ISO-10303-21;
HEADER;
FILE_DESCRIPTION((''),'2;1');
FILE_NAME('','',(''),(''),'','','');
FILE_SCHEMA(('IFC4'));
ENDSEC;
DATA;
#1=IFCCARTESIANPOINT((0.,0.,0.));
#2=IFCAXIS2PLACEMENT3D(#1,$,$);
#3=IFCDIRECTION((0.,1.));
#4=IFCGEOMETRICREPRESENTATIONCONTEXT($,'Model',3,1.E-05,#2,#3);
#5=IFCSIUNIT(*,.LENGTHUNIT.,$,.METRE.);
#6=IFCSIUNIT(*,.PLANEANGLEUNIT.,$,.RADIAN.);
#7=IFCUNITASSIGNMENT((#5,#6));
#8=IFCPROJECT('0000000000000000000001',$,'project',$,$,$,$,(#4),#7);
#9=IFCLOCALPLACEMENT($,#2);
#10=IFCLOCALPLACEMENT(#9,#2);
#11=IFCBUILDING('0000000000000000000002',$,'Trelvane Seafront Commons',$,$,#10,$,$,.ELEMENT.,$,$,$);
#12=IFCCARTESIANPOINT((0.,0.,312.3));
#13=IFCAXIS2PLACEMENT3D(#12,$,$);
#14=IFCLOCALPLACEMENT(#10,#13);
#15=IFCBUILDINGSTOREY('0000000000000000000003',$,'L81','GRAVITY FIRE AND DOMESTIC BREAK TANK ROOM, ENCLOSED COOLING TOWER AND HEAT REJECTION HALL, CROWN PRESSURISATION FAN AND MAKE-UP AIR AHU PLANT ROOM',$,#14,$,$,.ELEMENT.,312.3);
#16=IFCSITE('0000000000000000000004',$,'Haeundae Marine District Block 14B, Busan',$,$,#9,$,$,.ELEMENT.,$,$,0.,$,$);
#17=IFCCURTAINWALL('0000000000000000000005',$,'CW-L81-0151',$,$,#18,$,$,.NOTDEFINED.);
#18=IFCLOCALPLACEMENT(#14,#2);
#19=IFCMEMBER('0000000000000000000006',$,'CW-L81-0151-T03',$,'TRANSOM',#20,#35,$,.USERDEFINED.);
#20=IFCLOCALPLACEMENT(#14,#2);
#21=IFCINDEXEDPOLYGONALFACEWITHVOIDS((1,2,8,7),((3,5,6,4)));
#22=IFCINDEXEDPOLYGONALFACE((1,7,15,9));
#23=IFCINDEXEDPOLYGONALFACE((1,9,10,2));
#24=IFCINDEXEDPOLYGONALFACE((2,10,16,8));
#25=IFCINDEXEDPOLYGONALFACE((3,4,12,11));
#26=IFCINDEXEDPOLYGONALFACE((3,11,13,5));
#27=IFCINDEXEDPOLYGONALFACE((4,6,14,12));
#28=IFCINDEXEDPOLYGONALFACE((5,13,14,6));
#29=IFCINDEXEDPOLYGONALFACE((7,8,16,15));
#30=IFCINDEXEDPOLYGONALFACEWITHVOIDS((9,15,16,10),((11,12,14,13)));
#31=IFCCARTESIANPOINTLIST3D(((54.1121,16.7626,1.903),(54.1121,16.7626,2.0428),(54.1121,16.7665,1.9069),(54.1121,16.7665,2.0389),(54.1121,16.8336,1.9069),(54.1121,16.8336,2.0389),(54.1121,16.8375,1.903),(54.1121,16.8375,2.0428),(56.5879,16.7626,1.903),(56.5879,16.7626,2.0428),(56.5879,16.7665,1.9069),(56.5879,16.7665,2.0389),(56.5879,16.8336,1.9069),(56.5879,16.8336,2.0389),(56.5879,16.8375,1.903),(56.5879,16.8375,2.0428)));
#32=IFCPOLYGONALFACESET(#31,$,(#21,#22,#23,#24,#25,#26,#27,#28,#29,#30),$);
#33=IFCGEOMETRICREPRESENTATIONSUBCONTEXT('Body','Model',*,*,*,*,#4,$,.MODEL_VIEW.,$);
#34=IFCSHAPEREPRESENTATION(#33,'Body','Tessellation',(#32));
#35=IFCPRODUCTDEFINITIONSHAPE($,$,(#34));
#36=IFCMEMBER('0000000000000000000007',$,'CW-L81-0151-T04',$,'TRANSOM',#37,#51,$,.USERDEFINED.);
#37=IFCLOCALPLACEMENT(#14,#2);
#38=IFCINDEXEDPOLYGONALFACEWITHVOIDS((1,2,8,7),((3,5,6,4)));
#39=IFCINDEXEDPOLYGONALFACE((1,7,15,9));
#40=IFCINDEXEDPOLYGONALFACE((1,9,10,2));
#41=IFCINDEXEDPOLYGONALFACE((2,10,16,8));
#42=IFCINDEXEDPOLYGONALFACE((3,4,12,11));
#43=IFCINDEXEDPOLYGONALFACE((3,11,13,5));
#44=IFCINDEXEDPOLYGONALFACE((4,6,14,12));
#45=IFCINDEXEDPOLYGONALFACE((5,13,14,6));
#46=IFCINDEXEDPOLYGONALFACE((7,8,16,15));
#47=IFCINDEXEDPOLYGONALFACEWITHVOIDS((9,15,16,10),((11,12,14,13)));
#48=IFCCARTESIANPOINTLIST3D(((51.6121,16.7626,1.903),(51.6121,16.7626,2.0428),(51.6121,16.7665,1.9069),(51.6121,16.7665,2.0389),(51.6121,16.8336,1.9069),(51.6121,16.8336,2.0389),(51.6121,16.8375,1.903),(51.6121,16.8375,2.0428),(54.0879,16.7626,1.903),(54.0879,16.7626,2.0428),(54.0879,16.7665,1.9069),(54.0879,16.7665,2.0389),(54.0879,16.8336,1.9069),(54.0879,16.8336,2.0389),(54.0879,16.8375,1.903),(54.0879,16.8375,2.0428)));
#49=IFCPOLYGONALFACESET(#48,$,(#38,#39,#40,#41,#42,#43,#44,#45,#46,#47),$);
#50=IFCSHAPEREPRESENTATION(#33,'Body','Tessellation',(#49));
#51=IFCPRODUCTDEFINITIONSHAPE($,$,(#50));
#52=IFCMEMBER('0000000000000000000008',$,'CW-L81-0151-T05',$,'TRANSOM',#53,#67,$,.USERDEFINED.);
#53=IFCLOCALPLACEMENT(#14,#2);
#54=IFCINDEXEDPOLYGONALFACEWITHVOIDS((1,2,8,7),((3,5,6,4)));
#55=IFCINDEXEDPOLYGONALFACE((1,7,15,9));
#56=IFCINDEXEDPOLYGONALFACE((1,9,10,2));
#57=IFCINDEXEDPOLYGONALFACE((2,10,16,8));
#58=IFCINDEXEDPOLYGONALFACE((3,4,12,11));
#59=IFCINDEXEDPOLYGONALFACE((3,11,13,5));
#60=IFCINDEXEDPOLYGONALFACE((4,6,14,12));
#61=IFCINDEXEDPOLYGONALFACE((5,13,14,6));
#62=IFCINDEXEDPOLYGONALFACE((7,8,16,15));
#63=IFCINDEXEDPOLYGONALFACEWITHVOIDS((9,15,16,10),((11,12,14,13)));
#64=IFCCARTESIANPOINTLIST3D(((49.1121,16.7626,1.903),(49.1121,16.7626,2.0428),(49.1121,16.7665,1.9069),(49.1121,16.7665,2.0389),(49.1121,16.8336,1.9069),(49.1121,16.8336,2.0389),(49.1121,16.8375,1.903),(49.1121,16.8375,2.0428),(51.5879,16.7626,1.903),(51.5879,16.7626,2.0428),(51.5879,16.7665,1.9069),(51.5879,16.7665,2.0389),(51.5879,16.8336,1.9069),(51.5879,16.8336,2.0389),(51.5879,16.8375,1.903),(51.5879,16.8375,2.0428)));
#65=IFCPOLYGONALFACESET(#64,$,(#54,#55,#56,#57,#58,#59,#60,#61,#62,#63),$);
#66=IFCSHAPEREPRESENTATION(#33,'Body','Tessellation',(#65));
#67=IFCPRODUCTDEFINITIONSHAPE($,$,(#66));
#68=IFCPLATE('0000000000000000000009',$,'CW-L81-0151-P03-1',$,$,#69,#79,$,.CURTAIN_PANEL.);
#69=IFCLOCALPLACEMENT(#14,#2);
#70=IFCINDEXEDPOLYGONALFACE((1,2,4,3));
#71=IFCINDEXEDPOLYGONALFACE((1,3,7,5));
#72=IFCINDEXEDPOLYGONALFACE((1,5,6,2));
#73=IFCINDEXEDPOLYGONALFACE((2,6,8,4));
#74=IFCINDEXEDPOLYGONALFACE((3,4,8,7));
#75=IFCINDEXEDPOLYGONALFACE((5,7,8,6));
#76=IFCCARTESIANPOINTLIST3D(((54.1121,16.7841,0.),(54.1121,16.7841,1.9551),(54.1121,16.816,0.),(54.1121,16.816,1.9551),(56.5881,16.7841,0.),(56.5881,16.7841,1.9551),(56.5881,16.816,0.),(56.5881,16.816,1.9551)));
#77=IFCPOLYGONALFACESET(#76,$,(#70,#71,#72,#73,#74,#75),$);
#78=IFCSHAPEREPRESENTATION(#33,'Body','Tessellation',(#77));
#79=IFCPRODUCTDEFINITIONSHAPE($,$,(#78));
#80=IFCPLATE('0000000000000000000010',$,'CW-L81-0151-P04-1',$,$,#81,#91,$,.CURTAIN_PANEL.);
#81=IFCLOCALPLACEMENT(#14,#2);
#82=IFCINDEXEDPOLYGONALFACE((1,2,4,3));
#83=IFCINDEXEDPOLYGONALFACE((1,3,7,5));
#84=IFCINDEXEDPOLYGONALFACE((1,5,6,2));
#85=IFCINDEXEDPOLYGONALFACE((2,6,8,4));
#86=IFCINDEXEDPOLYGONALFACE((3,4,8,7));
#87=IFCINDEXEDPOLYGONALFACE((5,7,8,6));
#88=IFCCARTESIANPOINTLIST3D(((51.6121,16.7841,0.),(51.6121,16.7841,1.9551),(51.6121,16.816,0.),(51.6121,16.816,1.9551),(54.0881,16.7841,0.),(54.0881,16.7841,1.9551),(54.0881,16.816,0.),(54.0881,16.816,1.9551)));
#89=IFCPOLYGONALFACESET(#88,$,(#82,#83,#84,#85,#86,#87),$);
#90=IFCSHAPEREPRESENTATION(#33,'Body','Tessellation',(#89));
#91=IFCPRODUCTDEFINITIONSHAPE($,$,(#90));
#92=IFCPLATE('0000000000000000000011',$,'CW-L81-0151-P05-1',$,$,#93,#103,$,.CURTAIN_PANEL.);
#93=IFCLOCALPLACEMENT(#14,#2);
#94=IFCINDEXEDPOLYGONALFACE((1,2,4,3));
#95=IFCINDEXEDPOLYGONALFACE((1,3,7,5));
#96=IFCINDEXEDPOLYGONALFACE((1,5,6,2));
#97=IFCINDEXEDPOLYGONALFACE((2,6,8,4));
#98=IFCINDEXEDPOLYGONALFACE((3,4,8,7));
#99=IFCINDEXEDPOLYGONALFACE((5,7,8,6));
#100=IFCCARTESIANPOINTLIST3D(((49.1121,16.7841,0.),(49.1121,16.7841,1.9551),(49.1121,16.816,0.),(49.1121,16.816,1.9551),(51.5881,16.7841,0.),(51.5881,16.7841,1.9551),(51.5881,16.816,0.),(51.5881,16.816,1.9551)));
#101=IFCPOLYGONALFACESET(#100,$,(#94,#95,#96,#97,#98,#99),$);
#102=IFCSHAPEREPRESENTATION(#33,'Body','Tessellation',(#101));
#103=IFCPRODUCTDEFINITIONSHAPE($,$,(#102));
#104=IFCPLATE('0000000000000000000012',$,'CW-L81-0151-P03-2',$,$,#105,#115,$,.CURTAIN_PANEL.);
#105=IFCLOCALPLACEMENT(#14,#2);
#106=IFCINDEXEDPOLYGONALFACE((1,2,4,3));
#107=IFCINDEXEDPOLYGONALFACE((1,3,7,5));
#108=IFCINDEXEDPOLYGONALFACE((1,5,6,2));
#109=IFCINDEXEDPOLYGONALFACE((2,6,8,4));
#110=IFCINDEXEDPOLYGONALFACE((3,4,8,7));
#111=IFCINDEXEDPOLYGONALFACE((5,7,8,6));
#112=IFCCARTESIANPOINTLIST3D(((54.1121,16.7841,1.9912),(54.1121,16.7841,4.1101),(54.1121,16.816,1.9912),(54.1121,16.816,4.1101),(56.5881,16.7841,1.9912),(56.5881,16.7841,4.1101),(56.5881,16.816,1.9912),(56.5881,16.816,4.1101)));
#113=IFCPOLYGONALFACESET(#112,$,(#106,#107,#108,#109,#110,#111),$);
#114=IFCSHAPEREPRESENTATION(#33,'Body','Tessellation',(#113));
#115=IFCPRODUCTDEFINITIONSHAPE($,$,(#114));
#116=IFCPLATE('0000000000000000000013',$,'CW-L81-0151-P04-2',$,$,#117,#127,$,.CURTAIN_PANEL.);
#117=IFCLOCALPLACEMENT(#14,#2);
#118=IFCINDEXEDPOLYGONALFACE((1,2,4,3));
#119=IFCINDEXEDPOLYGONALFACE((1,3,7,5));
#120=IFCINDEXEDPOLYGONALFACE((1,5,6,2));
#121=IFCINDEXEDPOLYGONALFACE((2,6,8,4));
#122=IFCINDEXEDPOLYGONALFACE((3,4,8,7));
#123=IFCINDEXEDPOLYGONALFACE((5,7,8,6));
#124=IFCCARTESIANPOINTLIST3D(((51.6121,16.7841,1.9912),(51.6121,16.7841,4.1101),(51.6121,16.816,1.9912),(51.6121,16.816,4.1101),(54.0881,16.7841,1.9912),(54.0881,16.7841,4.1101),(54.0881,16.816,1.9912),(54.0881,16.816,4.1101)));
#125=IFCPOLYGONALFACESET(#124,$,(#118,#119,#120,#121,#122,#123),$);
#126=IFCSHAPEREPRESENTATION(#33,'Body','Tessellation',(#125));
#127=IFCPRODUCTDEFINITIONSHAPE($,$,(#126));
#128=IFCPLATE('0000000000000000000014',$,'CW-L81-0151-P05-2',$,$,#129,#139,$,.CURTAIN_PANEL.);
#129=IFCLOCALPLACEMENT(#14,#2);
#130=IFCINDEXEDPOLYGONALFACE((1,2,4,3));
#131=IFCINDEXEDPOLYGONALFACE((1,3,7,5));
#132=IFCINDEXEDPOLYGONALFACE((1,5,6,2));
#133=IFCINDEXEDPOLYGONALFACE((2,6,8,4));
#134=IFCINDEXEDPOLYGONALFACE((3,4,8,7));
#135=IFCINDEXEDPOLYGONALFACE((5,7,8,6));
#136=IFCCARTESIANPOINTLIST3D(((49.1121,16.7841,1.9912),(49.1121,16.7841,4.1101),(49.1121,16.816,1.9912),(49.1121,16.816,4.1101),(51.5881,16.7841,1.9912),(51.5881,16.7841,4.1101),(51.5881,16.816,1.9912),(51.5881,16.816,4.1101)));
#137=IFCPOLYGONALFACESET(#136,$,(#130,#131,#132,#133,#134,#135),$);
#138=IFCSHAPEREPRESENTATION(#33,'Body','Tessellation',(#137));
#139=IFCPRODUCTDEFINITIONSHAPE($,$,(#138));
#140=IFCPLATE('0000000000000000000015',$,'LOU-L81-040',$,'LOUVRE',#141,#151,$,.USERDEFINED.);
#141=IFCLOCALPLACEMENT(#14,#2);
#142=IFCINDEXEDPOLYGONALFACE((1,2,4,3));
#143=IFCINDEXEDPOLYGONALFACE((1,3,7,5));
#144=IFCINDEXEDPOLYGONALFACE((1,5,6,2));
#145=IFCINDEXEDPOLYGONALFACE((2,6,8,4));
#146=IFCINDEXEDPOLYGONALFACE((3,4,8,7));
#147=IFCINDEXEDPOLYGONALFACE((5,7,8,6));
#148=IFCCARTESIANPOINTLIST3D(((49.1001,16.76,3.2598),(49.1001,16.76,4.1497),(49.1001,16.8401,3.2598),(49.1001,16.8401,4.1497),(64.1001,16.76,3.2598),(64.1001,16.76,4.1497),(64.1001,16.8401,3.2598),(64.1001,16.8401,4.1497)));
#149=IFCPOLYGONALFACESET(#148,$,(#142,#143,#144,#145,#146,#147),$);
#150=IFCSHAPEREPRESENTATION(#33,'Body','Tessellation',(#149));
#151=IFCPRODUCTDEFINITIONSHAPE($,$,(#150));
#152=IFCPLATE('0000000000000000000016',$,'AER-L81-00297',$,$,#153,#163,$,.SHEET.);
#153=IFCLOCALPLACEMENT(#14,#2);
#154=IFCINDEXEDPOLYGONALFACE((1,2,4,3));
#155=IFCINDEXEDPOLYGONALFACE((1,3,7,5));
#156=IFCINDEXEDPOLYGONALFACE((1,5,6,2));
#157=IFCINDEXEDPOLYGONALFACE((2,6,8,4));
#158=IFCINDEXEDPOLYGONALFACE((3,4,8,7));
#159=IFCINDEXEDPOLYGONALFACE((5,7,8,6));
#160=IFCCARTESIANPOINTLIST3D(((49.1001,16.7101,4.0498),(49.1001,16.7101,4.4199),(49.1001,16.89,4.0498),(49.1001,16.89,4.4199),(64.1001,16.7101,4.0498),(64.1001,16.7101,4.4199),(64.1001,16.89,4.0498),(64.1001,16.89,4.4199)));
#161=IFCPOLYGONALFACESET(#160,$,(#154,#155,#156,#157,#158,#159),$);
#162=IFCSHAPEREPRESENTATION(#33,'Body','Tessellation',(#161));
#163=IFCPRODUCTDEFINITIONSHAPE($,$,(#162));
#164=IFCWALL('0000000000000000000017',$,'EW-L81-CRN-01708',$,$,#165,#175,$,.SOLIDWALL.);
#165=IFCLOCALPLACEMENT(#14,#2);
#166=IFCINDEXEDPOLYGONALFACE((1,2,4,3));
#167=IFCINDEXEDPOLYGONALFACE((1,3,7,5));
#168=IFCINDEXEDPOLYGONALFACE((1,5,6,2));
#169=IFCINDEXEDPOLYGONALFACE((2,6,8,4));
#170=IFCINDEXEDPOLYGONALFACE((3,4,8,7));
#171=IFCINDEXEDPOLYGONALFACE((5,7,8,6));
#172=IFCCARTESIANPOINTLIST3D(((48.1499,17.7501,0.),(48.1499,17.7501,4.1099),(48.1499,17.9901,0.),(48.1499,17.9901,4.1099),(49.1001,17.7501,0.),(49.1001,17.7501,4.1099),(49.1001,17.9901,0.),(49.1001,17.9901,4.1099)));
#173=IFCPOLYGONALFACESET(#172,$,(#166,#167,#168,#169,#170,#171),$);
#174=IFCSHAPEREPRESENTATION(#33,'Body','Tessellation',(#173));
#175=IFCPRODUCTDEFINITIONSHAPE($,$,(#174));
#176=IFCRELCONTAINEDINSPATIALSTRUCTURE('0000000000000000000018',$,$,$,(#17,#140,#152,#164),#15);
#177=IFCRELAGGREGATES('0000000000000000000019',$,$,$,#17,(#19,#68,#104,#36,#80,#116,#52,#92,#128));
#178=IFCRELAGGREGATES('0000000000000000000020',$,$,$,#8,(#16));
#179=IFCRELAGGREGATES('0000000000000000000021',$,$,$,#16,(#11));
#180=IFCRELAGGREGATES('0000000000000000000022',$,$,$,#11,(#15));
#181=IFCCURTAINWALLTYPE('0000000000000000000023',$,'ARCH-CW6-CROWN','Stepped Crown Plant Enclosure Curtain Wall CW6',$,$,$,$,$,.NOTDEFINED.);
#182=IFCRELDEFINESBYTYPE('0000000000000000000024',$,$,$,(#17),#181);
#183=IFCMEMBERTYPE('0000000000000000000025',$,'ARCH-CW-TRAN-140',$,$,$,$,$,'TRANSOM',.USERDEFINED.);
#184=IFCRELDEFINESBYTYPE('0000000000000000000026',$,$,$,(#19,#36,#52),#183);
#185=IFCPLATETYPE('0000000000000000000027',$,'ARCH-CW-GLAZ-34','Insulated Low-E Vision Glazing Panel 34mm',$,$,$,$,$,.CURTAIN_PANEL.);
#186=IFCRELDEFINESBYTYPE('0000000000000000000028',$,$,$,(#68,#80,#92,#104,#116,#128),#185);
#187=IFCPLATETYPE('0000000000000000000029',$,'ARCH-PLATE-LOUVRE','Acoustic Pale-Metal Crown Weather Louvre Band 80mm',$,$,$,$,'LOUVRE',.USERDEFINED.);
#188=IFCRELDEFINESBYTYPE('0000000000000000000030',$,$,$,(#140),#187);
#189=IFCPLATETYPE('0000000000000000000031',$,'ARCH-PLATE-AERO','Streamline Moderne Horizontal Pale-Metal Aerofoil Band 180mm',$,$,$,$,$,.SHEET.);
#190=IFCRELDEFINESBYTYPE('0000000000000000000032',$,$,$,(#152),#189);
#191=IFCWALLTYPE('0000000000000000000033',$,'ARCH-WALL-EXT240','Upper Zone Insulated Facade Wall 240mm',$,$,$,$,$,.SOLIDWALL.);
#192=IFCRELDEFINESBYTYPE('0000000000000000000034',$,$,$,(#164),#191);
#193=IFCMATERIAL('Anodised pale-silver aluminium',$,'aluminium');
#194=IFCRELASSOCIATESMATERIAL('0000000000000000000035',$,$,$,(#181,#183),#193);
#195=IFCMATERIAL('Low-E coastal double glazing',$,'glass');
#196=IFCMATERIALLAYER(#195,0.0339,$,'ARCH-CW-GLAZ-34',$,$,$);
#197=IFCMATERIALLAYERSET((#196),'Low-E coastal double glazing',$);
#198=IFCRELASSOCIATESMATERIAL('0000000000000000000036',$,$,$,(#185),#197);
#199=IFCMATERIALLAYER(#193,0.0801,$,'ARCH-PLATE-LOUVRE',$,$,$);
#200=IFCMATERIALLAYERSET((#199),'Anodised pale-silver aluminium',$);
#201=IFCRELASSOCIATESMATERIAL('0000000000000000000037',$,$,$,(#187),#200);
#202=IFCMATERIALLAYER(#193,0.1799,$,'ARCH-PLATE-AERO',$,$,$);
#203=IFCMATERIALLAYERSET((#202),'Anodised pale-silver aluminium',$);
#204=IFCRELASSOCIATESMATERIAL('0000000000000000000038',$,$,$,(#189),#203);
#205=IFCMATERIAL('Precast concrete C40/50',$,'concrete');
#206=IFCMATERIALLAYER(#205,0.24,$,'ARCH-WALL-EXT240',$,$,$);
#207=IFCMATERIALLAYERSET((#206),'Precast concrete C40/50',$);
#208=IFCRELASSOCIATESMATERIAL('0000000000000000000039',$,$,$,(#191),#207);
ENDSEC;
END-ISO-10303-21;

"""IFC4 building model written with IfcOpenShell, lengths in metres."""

from ifc_helpers import new_model, si_unit, direction, frame, frame_2d, origin, origin_2d, place, context, subcontext, project, spatial, rectangle, hollow_rectangle, extrude, source, transform, mapped, material, layer, layer_set, material_profile, profile_set, type_object, element, aggregate, save


model = new_model("IFC4")

# Units and contexts
model_context = context("Model", 3, precision=1e-05, world=origin(), true_north=direction((0.0, 1.0)))
body_context = subcontext(model_context, "Body", "Model", "MODEL_VIEW")
ifc_project = project(units=[si_unit("LENGTHUNIT", "METRE"), si_unit("PLANEANGLEUNIT", "RADIAN")], contexts=[model_context])

# Site, building, storey
site_placement = place(None, origin())
site = spatial("IfcSite", under=ifc_project, at=site_placement, Name="Haeundae Marine District Block 14B, Busan", CompositionType="ELEMENT", RefElevation=0.0)
building_placement = place(site_placement, origin())
building = spatial("IfcBuilding", under=site, at=building_placement, Name="Trelvane Seafront Commons", CompositionType="ELEMENT")
storey_placement = place(building_placement, frame((0.0, 0.0, 312.3)))
storey = spatial("IfcBuildingStorey", under=building, at=storey_placement, Name="L81", Description="GRAVITY FIRE AND DOMESTIC BREAK TANK ROOM, ENCLOSED COOLING TOWER AND HEAT REJECTION HALL, CROWN PRESSURISATION FAN AND MAKE-UP AIR AHU PLANT ROOM", CompositionType="ELEMENT", Elevation=312.3)

# Curtain wall, members, plates
ifc_material_1 = material(Name="Anodised pale-silver aluminium", Category="aluminium")
curtain_wall_type = type_object("IfcCurtainWallType", Name="ARCH-CW6-CROWN", Description="Stepped Crown Plant Enclosure Curtain Wall CW6", PredefinedType="NOTDEFINED", material=ifc_material_1)
curtain_wall_placement = place(storey_placement, origin())
curtain_wall = element("IfcCurtainWall", 1, at=curtain_wall_placement, inside=storey, type_object=curtain_wall_type, Name="CW-L81-0151", PredefinedType="NOTDEFINED")
ifc_material_profile_1 = material_profile(ifc_material_1, hollow_rectangle(XDim=0.075, YDim=0.1399, WallThickness=0.0039, at=origin_2d()), Name="TRAN-75x140x4")
ifc_profile_set_1 = profile_set([ifc_material_profile_1], Name="Anodised pale-silver aluminium")
member_type_1 = type_object("IfcMemberType", Name="ARCH-CW-TRAN-140", ElementType="TRANSOM", PredefinedType="USERDEFINED", material=ifc_profile_set_1)
shared_shape_1 = source(origin(), body_context, "Body", "SweptSolid", [
    extrude(hollow_rectangle(XDim=0.075, YDim=0.1399, WallThickness=0.0039, at=origin_2d()), origin(), (0.0, 0.0, 1.0), 2.4758),
])
member_1_placement = place(storey_placement, frame((56.5879, 16.8, 1.9729), z_axis=(-1.0, 0.0, 0.0), x_axis=(0.0, -1.0, 0.0)))
member_1 = element("IfcMember", 2, at=member_1_placement, type_object=member_type_1, Name="CW-L81-0151-T03", ObjectType="TRANSOM", PredefinedType="USERDEFINED", context=body_context, shape_type="MappedRepresentation", body=[
    mapped(shared_shape_1, transform((0.0, 0.0, 0.0), x_axis=(1.0, 0.0, 0.0), y_axis=(0.0, 1.0, 0.0), z_axis=(0.0, 0.0, 1.0), scale=1.0)),
])
member_2_placement = place(storey_placement, frame((54.0879, 16.8, 1.9729), z_axis=(-1.0, 0.0, 0.0), x_axis=(0.0, -1.0, 0.0)))
member_2 = element("IfcMember", 3, at=member_2_placement, type_object=member_type_1, Name="CW-L81-0151-T04", ObjectType="TRANSOM", PredefinedType="USERDEFINED", context=body_context, shape_type="MappedRepresentation", body=[
    mapped(shared_shape_1, transform((0.0, 0.0, 0.0), x_axis=(1.0, 0.0, 0.0), y_axis=(0.0, 1.0, 0.0), z_axis=(0.0, 0.0, 1.0), scale=1.0)),
])
member_3_placement = place(storey_placement, frame((51.5879, 16.8, 1.9729), z_axis=(-1.0, 0.0, 0.0), x_axis=(0.0, -1.0, 0.0)))
member_3 = element("IfcMember", 4, at=member_3_placement, type_object=member_type_1, Name="CW-L81-0151-T05", ObjectType="TRANSOM", PredefinedType="USERDEFINED", context=body_context, shape_type="MappedRepresentation", body=[
    mapped(shared_shape_1, transform((0.0, 0.0, 0.0), x_axis=(1.0, 0.0, 0.0), y_axis=(0.0, 1.0, 0.0), z_axis=(0.0, 0.0, 1.0), scale=1.0)),
])
ifc_material_2 = material(Name="Low-E coastal double glazing", Category="glass")
ifc_layer_1 = layer(ifc_material_2, 0.0339, Name="ARCH-CW-GLAZ-34")
ifc_layer_set_1 = layer_set([ifc_layer_1], Name="Low-E coastal double glazing")
plate_type_1 = type_object("IfcPlateType", Name="ARCH-CW-GLAZ-34", Description="Insulated Low-E Vision Glazing Panel 34mm", PredefinedType="CURTAIN_PANEL", material=ifc_layer_set_1)
shared_shape_2 = source(origin(), body_context, "Body", "SweptSolid", [
    extrude(rectangle(XDim=2.4761, YDim=0.032, at=origin_2d()), origin(), (0.0, 0.0, 1.0), 1.9551),
])
plate_1_placement = place(storey_placement, frame((55.3501, 16.8, 0.0), z_axis=(0.0, 0.0, 1.0), x_axis=(-1.0, 0.0, 0.0)))
plate_1 = element("IfcPlate", 5, at=plate_1_placement, type_object=plate_type_1, Name="CW-L81-0151-P03-1", PredefinedType="CURTAIN_PANEL", context=body_context, shape_type="MappedRepresentation", body=[
    mapped(shared_shape_2, transform((0.0, 0.0, 0.0), x_axis=(1.0, 0.0, 0.0), y_axis=(0.0, 1.0, 0.0), z_axis=(0.0, 0.0, 1.0), scale=1.0)),
])
plate_2_placement = place(storey_placement, frame((52.8501, 16.8, 0.0), z_axis=(0.0, 0.0, 1.0), x_axis=(-1.0, 0.0, 0.0)))
plate_2 = element("IfcPlate", 6, at=plate_2_placement, type_object=plate_type_1, Name="CW-L81-0151-P04-1", PredefinedType="CURTAIN_PANEL", context=body_context, shape_type="MappedRepresentation", body=[
    mapped(shared_shape_2, transform((0.0, 0.0, 0.0), x_axis=(1.0, 0.0, 0.0), y_axis=(0.0, 1.0, 0.0), z_axis=(0.0, 0.0, 1.0), scale=1.0)),
])
plate_3_placement = place(storey_placement, frame((50.3501, 16.8, 0.0), z_axis=(0.0, 0.0, 1.0), x_axis=(-1.0, 0.0, 0.0)))
plate_3 = element("IfcPlate", 7, at=plate_3_placement, type_object=plate_type_1, Name="CW-L81-0151-P05-1", PredefinedType="CURTAIN_PANEL", context=body_context, shape_type="MappedRepresentation", body=[
    mapped(shared_shape_2, transform((0.0, 0.0, 0.0), x_axis=(1.0, 0.0, 0.0), y_axis=(0.0, 1.0, 0.0), z_axis=(0.0, 0.0, 1.0), scale=1.0)),
])
shared_shape_3 = source(origin(), body_context, "Body", "SweptSolid", [
    extrude(rectangle(XDim=2.4761, YDim=0.032, at=origin_2d()), origin(), (0.0, 0.0, 1.0), 2.1189),
])
plate_4_placement = place(storey_placement, frame((55.3501, 16.8, 1.9912), z_axis=(0.0, 0.0, 1.0), x_axis=(-1.0, 0.0, 0.0)))
plate_4 = element("IfcPlate", 8, at=plate_4_placement, type_object=plate_type_1, Name="CW-L81-0151-P03-2", PredefinedType="CURTAIN_PANEL", context=body_context, shape_type="MappedRepresentation", body=[
    mapped(shared_shape_3, transform((0.0, 0.0, 0.0), x_axis=(1.0, 0.0, 0.0), y_axis=(0.0, 1.0, 0.0), z_axis=(0.0, 0.0, 1.0), scale=1.0)),
])
plate_5_placement = place(storey_placement, frame((52.8501, 16.8, 1.9912), z_axis=(0.0, 0.0, 1.0), x_axis=(-1.0, 0.0, 0.0)))
plate_5 = element("IfcPlate", 9, at=plate_5_placement, type_object=plate_type_1, Name="CW-L81-0151-P04-2", PredefinedType="CURTAIN_PANEL", context=body_context, shape_type="MappedRepresentation", body=[
    mapped(shared_shape_3, transform((0.0, 0.0, 0.0), x_axis=(1.0, 0.0, 0.0), y_axis=(0.0, 1.0, 0.0), z_axis=(0.0, 0.0, 1.0), scale=1.0)),
])
plate_6_placement = place(storey_placement, frame((50.3501, 16.8, 1.9912), z_axis=(0.0, 0.0, 1.0), x_axis=(-1.0, 0.0, 0.0)))
plate_6 = element("IfcPlate", 10, at=plate_6_placement, type_object=plate_type_1, Name="CW-L81-0151-P05-2", PredefinedType="CURTAIN_PANEL", context=body_context, shape_type="MappedRepresentation", body=[
    mapped(shared_shape_3, transform((0.0, 0.0, 0.0), x_axis=(1.0, 0.0, 0.0), y_axis=(0.0, 1.0, 0.0), z_axis=(0.0, 0.0, 1.0), scale=1.0)),
])
aggregate(curtain_wall, [member_1, plate_1, plate_4, member_2, plate_2, plate_5, member_3, plate_3, plate_6])

# Plates
ifc_layer_2 = layer(ifc_material_1, 0.0801, Name="ARCH-PLATE-LOUVRE")
ifc_layer_set_2 = layer_set([ifc_layer_2], Name="Anodised pale-silver aluminium")
plate_type_2 = type_object("IfcPlateType", Name="ARCH-PLATE-LOUVRE", Description="Acoustic Pale-Metal Crown Weather Louvre Band 80mm", ElementType="LOUVRE", PredefinedType="USERDEFINED", material=ifc_layer_set_2)
shared_shape_4 = source(origin(), body_context, "Body", "SweptSolid", [
    extrude(rectangle(XDim=15.0, YDim=0.0801, at=origin_2d()), origin(), (0.0, 0.0, 1.0), 0.8899),
])
plate_7_placement = place(storey_placement, frame((56.6001, 16.8, 3.2598), z_axis=(0.0, 0.0, 1.0), x_axis=(-1.0, 0.0, 0.0)))
element("IfcPlate", 11, at=plate_7_placement, inside=storey, type_object=plate_type_2, Name="LOU-L81-040", ObjectType="LOUVRE", PredefinedType="USERDEFINED", context=body_context, shape_type="MappedRepresentation", body=[
    mapped(shared_shape_4, transform((0.0, 0.0, 0.0), x_axis=(1.0, 0.0, 0.0), y_axis=(0.0, 1.0, 0.0), z_axis=(0.0, 0.0, 1.0), scale=1.0)),
])
ifc_layer_3 = layer(ifc_material_1, 0.1799, Name="ARCH-PLATE-AERO")
ifc_layer_set_3 = layer_set([ifc_layer_3], Name="Anodised pale-silver aluminium")
plate_type_3 = type_object("IfcPlateType", Name="ARCH-PLATE-AERO", Description="Streamline Moderne Horizontal Pale-Metal Aerofoil Band 180mm", PredefinedType="SHEET", material=ifc_layer_set_3)
shared_shape_5 = source(origin(), body_context, "Body", "SweptSolid", [
    extrude(rectangle(XDim=15.0, YDim=0.1799, at=origin_2d()), origin(), (0.0, 0.0, 1.0), 0.3701),
])
plate_8_placement = place(storey_placement, frame((56.6001, 16.8, 4.0498), z_axis=(0.0, 0.0, 1.0), x_axis=(-1.0, 0.0, 0.0)))
element("IfcPlate", 12, at=plate_8_placement, inside=storey, type_object=plate_type_3, Name="AER-L81-00297", PredefinedType="SHEET", context=body_context, shape_type="MappedRepresentation", body=[
    mapped(shared_shape_5, transform((0.0, 0.0, 0.0), x_axis=(1.0, 0.0, 0.0), y_axis=(0.0, 1.0, 0.0), z_axis=(0.0, 0.0, 1.0), scale=1.0)),
])

# Wall
ifc_material_3 = material(Name="Precast concrete C40/50", Category="concrete")
ifc_layer_4 = layer(ifc_material_3, 0.24, Name="ARCH-WALL-EXT240")
ifc_layer_set_4 = layer_set([ifc_layer_4], Name="Precast concrete C40/50")
wall_type = type_object("IfcWallType", Name="ARCH-WALL-EXT240", Description="Upper Zone Insulated Facade Wall 240mm", PredefinedType="SOLIDWALL", material=ifc_layer_set_4)
wall_placement = place(storey_placement, frame((49.1001, 17.8701, 0.0), z_axis=(0.0, 0.0, 1.0), x_axis=(-1.0, 0.0, 0.0)))
element("IfcWall", 13, at=wall_placement, inside=storey, type_object=wall_type, Name="EW-L81-CRN-01708", PredefinedType="SOLIDWALL", context=body_context, shape_type="SweptSolid", body=[
    extrude(rectangle(XDim=0.9502, YDim=0.24, at=frame_2d((0.4751, 0.0))), origin(), (0.0, 0.0, 1.0), 4.1099),
])

save(model, "model.ifc")
